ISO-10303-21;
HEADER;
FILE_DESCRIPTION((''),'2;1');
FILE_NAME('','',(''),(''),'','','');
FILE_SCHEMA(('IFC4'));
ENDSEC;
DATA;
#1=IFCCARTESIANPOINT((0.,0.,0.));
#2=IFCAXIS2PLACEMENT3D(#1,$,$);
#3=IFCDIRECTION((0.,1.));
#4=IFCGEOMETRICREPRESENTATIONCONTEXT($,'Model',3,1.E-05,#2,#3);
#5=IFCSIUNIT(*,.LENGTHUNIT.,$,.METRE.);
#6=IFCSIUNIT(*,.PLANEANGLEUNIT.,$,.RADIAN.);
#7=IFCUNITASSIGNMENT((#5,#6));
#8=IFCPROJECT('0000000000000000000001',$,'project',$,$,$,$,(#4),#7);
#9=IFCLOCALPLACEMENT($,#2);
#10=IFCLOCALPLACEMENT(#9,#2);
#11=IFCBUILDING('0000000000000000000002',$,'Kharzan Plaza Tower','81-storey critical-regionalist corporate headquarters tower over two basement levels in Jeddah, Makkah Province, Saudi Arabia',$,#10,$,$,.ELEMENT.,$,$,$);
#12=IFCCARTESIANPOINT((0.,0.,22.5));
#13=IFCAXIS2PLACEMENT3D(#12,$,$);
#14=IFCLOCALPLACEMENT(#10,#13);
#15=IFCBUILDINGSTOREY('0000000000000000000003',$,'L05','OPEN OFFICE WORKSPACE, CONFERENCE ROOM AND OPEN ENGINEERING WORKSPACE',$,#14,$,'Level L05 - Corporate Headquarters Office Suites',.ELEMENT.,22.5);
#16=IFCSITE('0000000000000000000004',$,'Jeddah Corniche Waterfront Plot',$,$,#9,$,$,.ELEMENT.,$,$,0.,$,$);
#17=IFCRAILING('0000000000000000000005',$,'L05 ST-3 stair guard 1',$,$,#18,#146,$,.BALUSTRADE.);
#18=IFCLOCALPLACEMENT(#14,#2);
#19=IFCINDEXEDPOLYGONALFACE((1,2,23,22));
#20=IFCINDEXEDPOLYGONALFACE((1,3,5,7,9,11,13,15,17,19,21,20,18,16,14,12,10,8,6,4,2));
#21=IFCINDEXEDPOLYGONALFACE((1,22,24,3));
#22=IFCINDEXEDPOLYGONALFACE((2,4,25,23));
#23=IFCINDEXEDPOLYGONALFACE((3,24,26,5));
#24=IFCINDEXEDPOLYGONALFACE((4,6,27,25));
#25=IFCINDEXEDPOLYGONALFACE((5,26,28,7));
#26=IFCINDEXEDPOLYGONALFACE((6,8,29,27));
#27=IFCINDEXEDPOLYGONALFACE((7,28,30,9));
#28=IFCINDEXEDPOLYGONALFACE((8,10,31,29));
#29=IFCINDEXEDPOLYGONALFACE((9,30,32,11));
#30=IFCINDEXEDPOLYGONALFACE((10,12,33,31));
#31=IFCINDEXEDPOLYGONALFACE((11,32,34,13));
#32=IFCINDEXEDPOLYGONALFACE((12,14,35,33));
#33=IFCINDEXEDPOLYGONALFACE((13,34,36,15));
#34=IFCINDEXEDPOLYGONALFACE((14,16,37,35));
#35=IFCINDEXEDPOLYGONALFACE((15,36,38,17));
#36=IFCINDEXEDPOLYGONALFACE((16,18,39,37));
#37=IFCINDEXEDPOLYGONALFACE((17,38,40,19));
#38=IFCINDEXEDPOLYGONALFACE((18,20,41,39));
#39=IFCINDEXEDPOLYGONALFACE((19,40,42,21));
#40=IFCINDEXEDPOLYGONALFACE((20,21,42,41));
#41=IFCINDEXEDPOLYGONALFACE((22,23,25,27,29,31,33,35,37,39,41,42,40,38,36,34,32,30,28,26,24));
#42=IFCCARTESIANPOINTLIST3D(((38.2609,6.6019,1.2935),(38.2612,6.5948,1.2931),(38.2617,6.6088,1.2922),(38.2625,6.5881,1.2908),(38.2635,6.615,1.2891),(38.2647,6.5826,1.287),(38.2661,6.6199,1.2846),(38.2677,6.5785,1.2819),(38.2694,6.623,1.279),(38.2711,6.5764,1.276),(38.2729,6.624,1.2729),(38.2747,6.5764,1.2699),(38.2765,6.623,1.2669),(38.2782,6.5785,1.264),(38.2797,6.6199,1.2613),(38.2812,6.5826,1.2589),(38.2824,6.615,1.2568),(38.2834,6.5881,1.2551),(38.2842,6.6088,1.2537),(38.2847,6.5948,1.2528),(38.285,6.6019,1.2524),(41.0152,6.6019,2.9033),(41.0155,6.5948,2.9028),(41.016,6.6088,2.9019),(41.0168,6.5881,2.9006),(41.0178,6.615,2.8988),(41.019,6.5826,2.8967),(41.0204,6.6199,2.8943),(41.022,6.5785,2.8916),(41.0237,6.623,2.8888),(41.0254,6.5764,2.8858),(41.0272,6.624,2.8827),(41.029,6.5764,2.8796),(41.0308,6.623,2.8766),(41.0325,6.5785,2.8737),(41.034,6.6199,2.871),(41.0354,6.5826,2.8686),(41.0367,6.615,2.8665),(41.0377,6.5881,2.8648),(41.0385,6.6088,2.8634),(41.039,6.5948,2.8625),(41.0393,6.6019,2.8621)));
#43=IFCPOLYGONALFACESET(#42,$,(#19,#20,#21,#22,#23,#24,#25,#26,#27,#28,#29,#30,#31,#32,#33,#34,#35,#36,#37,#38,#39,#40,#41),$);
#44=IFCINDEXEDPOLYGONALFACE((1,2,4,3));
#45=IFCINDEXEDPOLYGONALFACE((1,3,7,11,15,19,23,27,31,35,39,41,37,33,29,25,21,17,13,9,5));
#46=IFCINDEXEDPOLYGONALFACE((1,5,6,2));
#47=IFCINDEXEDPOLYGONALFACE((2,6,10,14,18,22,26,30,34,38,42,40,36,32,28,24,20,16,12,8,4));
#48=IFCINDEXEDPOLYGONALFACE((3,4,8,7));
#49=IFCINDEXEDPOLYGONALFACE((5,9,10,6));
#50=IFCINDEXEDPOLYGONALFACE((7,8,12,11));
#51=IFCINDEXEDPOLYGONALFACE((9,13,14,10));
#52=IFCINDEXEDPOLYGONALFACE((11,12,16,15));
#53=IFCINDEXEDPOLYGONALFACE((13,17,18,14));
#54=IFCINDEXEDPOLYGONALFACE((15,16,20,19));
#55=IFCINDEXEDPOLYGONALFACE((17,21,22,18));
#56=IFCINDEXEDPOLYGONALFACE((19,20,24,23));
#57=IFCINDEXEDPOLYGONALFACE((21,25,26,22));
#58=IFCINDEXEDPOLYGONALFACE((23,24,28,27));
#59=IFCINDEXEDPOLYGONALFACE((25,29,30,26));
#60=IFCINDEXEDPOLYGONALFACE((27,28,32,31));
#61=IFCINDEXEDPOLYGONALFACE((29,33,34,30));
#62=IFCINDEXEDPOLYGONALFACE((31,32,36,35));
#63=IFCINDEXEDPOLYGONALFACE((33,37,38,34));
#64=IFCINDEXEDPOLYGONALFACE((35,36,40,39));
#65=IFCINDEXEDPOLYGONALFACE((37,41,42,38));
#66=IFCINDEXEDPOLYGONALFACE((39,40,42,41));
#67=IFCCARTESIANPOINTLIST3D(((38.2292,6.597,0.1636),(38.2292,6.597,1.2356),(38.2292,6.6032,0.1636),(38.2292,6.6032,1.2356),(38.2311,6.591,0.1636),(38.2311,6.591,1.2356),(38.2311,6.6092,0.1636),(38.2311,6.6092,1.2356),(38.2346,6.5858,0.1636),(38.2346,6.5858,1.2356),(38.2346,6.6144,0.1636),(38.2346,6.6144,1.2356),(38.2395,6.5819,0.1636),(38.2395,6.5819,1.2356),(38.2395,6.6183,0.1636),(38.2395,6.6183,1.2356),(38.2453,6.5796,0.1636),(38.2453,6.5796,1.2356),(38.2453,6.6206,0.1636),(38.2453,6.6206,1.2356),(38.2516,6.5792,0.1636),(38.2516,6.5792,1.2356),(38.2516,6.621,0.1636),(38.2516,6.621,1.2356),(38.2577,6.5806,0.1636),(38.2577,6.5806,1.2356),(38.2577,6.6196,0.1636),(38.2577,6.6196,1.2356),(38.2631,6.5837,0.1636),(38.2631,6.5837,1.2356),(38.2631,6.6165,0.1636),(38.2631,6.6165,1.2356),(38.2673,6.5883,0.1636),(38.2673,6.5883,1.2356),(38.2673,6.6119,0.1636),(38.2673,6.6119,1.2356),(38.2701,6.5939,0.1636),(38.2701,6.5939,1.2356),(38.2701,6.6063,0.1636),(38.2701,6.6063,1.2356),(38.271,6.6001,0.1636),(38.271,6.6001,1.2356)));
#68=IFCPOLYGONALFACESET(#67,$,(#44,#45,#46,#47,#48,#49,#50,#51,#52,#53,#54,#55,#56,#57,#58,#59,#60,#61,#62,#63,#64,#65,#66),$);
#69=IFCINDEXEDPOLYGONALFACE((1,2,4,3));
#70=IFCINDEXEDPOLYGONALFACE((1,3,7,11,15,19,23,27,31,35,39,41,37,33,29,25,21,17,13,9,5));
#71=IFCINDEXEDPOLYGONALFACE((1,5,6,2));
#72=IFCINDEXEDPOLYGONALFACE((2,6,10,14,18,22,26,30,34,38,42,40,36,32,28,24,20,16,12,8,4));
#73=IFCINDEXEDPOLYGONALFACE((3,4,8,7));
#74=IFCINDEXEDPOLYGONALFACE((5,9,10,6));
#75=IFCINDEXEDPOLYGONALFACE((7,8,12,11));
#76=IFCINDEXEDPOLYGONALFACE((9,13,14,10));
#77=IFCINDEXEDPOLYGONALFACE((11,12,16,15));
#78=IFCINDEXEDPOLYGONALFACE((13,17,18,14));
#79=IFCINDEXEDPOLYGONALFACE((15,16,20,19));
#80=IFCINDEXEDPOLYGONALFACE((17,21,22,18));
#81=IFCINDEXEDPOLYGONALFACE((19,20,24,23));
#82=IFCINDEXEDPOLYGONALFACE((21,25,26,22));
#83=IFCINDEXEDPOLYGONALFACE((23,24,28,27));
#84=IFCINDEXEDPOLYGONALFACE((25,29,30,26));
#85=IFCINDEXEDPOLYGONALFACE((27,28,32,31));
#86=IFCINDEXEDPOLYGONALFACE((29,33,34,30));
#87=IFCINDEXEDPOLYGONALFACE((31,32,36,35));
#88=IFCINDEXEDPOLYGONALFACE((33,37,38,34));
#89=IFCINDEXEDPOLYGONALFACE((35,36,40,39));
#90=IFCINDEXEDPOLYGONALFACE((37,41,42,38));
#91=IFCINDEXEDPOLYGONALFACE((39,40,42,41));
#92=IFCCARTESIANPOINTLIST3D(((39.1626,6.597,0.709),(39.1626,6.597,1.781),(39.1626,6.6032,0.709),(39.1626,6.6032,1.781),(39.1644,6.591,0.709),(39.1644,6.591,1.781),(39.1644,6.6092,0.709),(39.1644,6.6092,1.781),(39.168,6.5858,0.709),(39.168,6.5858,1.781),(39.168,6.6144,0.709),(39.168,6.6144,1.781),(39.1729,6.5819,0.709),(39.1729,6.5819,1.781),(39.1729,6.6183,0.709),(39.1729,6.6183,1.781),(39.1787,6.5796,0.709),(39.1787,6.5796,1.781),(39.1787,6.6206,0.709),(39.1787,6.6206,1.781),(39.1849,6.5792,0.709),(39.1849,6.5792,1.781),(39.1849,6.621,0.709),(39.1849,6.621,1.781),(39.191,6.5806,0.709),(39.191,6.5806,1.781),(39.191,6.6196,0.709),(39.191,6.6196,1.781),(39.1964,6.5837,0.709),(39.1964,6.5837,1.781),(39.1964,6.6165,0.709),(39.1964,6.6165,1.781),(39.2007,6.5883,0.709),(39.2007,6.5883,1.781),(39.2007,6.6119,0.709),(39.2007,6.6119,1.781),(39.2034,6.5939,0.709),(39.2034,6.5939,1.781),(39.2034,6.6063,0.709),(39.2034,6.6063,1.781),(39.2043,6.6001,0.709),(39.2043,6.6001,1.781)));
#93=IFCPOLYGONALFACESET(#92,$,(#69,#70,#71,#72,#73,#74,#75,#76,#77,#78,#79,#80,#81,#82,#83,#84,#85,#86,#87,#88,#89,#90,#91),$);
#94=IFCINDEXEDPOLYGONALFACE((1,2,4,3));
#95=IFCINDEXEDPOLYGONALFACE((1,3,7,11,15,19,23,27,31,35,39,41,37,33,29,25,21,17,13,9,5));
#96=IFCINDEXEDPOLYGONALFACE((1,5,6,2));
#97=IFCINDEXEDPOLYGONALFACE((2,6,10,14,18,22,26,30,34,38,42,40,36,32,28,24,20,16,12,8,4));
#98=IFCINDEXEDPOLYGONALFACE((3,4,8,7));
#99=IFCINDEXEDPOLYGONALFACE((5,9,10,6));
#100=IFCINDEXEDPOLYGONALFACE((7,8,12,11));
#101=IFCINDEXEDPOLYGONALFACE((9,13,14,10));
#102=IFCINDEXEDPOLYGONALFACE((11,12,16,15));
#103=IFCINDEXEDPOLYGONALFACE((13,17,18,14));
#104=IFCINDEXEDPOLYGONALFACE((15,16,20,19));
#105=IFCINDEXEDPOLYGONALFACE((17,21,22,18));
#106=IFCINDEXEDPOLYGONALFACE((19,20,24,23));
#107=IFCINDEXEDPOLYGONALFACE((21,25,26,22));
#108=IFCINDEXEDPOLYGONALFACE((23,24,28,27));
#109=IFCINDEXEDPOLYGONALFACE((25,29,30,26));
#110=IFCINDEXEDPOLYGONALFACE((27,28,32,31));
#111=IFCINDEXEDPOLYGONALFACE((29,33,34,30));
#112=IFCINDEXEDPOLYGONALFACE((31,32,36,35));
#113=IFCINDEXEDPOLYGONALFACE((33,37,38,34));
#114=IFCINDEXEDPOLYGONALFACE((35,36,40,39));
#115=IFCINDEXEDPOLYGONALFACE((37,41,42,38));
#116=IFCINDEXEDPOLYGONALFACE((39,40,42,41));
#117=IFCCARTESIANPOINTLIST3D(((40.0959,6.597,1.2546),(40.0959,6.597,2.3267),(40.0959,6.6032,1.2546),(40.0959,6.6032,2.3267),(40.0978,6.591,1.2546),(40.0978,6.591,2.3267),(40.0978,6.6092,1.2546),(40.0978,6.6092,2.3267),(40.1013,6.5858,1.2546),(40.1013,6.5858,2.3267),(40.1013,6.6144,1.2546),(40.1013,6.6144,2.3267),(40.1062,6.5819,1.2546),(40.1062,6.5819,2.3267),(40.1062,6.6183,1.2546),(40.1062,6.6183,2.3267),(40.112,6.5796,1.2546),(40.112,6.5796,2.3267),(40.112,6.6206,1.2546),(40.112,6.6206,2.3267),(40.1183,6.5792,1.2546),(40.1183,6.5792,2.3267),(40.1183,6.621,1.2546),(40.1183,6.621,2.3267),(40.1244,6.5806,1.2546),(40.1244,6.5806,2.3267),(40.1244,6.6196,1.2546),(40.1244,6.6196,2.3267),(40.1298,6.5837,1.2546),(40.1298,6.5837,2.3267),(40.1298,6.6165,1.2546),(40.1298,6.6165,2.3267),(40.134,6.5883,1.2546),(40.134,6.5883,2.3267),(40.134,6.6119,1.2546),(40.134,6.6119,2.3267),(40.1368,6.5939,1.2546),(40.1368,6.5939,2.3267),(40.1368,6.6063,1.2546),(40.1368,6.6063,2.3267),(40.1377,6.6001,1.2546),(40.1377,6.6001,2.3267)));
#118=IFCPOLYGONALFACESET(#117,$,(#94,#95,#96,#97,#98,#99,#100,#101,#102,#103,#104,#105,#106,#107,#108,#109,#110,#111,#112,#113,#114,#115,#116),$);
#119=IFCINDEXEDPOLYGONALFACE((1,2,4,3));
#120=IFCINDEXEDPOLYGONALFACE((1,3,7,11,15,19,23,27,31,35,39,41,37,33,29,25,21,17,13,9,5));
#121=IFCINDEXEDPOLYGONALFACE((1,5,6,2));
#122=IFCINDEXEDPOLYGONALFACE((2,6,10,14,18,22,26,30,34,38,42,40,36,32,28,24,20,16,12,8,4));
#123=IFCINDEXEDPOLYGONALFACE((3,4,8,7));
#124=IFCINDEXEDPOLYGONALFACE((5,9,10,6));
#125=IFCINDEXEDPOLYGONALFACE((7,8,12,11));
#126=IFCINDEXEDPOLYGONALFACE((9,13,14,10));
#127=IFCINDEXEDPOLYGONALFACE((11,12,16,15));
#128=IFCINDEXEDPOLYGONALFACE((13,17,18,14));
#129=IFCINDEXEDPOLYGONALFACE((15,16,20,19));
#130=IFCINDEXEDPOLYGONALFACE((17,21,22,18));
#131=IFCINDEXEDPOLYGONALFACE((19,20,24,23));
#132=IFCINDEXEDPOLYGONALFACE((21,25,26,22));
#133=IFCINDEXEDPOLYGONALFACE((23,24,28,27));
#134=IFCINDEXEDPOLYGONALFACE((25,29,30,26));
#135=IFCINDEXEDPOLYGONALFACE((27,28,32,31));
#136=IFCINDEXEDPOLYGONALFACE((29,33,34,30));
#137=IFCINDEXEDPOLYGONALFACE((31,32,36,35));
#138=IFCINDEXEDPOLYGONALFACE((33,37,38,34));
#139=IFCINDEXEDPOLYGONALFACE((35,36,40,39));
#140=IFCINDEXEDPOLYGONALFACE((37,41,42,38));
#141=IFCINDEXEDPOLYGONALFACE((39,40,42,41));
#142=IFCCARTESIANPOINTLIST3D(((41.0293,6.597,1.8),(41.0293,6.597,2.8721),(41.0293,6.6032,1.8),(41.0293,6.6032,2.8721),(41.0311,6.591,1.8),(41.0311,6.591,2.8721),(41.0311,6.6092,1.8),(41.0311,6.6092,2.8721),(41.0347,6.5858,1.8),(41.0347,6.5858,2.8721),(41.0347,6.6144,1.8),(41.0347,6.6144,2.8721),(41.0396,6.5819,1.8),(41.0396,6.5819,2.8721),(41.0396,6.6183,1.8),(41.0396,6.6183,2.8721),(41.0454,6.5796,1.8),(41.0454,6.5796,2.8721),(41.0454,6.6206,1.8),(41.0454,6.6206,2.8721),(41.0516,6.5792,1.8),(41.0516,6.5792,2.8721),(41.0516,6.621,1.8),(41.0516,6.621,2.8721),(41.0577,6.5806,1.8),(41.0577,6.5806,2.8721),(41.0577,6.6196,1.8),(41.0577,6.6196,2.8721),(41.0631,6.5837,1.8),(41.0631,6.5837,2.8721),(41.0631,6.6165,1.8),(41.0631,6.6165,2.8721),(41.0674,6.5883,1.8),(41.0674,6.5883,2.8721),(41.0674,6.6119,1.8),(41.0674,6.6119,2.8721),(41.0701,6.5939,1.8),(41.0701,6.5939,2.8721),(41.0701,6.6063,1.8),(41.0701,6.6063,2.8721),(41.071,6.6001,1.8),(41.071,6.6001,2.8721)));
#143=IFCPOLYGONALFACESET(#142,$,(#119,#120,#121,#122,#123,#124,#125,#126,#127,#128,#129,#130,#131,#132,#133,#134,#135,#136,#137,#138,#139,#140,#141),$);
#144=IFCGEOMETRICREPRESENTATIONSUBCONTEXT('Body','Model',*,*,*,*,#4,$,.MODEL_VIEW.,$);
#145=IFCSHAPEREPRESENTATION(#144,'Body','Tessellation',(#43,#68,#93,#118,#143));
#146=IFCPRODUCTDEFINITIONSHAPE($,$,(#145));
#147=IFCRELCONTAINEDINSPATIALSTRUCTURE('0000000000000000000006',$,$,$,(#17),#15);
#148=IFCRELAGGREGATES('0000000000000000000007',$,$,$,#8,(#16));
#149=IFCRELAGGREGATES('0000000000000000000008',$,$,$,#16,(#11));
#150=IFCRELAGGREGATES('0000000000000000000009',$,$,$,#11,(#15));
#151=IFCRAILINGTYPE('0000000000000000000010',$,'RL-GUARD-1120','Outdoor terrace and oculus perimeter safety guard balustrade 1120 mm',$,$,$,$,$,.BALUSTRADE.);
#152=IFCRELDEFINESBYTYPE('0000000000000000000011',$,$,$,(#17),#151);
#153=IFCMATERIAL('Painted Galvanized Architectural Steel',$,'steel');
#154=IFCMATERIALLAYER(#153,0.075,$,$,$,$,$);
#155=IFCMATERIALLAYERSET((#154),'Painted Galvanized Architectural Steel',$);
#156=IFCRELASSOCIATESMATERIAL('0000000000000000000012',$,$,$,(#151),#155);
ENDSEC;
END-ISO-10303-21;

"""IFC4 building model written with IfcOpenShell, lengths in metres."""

from ifc_helpers import new_model, si_unit, direction, frame, origin, origin_2d, place, context, subcontext, project, spatial, circle, extrude, source, transform, mapped, material, layer, layer_set, type_object, element, save


model = new_model("IFC4")

# Units and contexts
model_context = context("Model", 3, precision=1e-05, world=origin(), true_north=direction((0.0, 1.0)))
body_context = subcontext(model_context, "Body", "Model", "MODEL_VIEW")
ifc_project = project(units=[si_unit("LENGTHUNIT", "METRE"), si_unit("PLANEANGLEUNIT", "RADIAN")], contexts=[model_context])

# Site, building, storey
site_placement = place(None, origin())
site = spatial("IfcSite", under=ifc_project, at=site_placement, Name="Jeddah Corniche Waterfront Plot", CompositionType="ELEMENT", RefElevation=0.0)
building_placement = place(site_placement, origin())
building = spatial("IfcBuilding", under=site, at=building_placement, Name="Kharzan Plaza Tower", Description="81-storey critical-regionalist corporate headquarters tower over two basement levels in Jeddah, Makkah Province, Saudi Arabia", CompositionType="ELEMENT")
storey_placement = place(building_placement, frame((0.0, 0.0, 22.5)))
storey = spatial("IfcBuildingStorey", under=building, at=storey_placement, Name="L05", Description="OPEN OFFICE WORKSPACE, CONFERENCE ROOM AND OPEN ENGINEERING WORKSPACE", LongName="Level L05 - Corporate Headquarters Office Suites", CompositionType="ELEMENT", Elevation=22.5)

# Railing
ifc_material_1 = material(Name="Painted Galvanized Architectural Steel", Category="steel")
ifc_layer_1 = layer(ifc_material_1, 0.075)
ifc_layer_set_1 = layer_set([ifc_layer_1], Name="Painted Galvanized Architectural Steel")
railing_type_1 = type_object("IfcRailingType", Name="RL-GUARD-1120", Description="Outdoor terrace and oculus perimeter safety guard balustrade 1120 mm", PredefinedType="BALUSTRADE", material=ifc_layer_set_1)
shared_shape_1 = source(origin(), body_context, "Body", "SweptSolid", [
    extrude(circle(Radius=0.0239, at=origin_2d()), frame((0.0229, 0.0, 1.1094), z_axis=(0.863361, 0.0, 0.504587), x_axis=(0.0, 1.0, 0.0)), (0.0, 0.0, 1.0), 3.1902),
    extrude(circle(Radius=0.021, at=origin_2d()), origin(), (0.0, 0.0, 1.0), 1.072),
    extrude(circle(Radius=0.021, at=origin_2d()), frame((0.9333, 0.0, 0.5454)), (0.0, 0.0, 1.0), 1.072),
    extrude(circle(Radius=0.021, at=origin_2d()), frame((1.8667, 0.0, 1.0911)), (0.0, 0.0, 1.0), 1.072),
    extrude(circle(Radius=0.021, at=origin_2d()), frame((2.8, 0.0, 1.6365)), (0.0, 0.0, 1.0), 1.072),
])
railing_1_placement = place(storey_placement, frame((38.25, 6.6001, 0.1636)))
element("IfcRailing", 1, at=railing_1_placement, inside=storey, type_object=railing_type_1, Name="L05 ST-3 stair guard 1", PredefinedType="BALUSTRADE", context=body_context, shape_type="MappedRepresentation", body=[
    mapped(shared_shape_1, transform((0.0, 0.0, 0.0), x_axis=(1.0, 0.0, 0.0), y_axis=(0.0, 1.0, 0.0), z_axis=(0.0, 0.0, 1.0))),
])

save(model, "model.ifc")
